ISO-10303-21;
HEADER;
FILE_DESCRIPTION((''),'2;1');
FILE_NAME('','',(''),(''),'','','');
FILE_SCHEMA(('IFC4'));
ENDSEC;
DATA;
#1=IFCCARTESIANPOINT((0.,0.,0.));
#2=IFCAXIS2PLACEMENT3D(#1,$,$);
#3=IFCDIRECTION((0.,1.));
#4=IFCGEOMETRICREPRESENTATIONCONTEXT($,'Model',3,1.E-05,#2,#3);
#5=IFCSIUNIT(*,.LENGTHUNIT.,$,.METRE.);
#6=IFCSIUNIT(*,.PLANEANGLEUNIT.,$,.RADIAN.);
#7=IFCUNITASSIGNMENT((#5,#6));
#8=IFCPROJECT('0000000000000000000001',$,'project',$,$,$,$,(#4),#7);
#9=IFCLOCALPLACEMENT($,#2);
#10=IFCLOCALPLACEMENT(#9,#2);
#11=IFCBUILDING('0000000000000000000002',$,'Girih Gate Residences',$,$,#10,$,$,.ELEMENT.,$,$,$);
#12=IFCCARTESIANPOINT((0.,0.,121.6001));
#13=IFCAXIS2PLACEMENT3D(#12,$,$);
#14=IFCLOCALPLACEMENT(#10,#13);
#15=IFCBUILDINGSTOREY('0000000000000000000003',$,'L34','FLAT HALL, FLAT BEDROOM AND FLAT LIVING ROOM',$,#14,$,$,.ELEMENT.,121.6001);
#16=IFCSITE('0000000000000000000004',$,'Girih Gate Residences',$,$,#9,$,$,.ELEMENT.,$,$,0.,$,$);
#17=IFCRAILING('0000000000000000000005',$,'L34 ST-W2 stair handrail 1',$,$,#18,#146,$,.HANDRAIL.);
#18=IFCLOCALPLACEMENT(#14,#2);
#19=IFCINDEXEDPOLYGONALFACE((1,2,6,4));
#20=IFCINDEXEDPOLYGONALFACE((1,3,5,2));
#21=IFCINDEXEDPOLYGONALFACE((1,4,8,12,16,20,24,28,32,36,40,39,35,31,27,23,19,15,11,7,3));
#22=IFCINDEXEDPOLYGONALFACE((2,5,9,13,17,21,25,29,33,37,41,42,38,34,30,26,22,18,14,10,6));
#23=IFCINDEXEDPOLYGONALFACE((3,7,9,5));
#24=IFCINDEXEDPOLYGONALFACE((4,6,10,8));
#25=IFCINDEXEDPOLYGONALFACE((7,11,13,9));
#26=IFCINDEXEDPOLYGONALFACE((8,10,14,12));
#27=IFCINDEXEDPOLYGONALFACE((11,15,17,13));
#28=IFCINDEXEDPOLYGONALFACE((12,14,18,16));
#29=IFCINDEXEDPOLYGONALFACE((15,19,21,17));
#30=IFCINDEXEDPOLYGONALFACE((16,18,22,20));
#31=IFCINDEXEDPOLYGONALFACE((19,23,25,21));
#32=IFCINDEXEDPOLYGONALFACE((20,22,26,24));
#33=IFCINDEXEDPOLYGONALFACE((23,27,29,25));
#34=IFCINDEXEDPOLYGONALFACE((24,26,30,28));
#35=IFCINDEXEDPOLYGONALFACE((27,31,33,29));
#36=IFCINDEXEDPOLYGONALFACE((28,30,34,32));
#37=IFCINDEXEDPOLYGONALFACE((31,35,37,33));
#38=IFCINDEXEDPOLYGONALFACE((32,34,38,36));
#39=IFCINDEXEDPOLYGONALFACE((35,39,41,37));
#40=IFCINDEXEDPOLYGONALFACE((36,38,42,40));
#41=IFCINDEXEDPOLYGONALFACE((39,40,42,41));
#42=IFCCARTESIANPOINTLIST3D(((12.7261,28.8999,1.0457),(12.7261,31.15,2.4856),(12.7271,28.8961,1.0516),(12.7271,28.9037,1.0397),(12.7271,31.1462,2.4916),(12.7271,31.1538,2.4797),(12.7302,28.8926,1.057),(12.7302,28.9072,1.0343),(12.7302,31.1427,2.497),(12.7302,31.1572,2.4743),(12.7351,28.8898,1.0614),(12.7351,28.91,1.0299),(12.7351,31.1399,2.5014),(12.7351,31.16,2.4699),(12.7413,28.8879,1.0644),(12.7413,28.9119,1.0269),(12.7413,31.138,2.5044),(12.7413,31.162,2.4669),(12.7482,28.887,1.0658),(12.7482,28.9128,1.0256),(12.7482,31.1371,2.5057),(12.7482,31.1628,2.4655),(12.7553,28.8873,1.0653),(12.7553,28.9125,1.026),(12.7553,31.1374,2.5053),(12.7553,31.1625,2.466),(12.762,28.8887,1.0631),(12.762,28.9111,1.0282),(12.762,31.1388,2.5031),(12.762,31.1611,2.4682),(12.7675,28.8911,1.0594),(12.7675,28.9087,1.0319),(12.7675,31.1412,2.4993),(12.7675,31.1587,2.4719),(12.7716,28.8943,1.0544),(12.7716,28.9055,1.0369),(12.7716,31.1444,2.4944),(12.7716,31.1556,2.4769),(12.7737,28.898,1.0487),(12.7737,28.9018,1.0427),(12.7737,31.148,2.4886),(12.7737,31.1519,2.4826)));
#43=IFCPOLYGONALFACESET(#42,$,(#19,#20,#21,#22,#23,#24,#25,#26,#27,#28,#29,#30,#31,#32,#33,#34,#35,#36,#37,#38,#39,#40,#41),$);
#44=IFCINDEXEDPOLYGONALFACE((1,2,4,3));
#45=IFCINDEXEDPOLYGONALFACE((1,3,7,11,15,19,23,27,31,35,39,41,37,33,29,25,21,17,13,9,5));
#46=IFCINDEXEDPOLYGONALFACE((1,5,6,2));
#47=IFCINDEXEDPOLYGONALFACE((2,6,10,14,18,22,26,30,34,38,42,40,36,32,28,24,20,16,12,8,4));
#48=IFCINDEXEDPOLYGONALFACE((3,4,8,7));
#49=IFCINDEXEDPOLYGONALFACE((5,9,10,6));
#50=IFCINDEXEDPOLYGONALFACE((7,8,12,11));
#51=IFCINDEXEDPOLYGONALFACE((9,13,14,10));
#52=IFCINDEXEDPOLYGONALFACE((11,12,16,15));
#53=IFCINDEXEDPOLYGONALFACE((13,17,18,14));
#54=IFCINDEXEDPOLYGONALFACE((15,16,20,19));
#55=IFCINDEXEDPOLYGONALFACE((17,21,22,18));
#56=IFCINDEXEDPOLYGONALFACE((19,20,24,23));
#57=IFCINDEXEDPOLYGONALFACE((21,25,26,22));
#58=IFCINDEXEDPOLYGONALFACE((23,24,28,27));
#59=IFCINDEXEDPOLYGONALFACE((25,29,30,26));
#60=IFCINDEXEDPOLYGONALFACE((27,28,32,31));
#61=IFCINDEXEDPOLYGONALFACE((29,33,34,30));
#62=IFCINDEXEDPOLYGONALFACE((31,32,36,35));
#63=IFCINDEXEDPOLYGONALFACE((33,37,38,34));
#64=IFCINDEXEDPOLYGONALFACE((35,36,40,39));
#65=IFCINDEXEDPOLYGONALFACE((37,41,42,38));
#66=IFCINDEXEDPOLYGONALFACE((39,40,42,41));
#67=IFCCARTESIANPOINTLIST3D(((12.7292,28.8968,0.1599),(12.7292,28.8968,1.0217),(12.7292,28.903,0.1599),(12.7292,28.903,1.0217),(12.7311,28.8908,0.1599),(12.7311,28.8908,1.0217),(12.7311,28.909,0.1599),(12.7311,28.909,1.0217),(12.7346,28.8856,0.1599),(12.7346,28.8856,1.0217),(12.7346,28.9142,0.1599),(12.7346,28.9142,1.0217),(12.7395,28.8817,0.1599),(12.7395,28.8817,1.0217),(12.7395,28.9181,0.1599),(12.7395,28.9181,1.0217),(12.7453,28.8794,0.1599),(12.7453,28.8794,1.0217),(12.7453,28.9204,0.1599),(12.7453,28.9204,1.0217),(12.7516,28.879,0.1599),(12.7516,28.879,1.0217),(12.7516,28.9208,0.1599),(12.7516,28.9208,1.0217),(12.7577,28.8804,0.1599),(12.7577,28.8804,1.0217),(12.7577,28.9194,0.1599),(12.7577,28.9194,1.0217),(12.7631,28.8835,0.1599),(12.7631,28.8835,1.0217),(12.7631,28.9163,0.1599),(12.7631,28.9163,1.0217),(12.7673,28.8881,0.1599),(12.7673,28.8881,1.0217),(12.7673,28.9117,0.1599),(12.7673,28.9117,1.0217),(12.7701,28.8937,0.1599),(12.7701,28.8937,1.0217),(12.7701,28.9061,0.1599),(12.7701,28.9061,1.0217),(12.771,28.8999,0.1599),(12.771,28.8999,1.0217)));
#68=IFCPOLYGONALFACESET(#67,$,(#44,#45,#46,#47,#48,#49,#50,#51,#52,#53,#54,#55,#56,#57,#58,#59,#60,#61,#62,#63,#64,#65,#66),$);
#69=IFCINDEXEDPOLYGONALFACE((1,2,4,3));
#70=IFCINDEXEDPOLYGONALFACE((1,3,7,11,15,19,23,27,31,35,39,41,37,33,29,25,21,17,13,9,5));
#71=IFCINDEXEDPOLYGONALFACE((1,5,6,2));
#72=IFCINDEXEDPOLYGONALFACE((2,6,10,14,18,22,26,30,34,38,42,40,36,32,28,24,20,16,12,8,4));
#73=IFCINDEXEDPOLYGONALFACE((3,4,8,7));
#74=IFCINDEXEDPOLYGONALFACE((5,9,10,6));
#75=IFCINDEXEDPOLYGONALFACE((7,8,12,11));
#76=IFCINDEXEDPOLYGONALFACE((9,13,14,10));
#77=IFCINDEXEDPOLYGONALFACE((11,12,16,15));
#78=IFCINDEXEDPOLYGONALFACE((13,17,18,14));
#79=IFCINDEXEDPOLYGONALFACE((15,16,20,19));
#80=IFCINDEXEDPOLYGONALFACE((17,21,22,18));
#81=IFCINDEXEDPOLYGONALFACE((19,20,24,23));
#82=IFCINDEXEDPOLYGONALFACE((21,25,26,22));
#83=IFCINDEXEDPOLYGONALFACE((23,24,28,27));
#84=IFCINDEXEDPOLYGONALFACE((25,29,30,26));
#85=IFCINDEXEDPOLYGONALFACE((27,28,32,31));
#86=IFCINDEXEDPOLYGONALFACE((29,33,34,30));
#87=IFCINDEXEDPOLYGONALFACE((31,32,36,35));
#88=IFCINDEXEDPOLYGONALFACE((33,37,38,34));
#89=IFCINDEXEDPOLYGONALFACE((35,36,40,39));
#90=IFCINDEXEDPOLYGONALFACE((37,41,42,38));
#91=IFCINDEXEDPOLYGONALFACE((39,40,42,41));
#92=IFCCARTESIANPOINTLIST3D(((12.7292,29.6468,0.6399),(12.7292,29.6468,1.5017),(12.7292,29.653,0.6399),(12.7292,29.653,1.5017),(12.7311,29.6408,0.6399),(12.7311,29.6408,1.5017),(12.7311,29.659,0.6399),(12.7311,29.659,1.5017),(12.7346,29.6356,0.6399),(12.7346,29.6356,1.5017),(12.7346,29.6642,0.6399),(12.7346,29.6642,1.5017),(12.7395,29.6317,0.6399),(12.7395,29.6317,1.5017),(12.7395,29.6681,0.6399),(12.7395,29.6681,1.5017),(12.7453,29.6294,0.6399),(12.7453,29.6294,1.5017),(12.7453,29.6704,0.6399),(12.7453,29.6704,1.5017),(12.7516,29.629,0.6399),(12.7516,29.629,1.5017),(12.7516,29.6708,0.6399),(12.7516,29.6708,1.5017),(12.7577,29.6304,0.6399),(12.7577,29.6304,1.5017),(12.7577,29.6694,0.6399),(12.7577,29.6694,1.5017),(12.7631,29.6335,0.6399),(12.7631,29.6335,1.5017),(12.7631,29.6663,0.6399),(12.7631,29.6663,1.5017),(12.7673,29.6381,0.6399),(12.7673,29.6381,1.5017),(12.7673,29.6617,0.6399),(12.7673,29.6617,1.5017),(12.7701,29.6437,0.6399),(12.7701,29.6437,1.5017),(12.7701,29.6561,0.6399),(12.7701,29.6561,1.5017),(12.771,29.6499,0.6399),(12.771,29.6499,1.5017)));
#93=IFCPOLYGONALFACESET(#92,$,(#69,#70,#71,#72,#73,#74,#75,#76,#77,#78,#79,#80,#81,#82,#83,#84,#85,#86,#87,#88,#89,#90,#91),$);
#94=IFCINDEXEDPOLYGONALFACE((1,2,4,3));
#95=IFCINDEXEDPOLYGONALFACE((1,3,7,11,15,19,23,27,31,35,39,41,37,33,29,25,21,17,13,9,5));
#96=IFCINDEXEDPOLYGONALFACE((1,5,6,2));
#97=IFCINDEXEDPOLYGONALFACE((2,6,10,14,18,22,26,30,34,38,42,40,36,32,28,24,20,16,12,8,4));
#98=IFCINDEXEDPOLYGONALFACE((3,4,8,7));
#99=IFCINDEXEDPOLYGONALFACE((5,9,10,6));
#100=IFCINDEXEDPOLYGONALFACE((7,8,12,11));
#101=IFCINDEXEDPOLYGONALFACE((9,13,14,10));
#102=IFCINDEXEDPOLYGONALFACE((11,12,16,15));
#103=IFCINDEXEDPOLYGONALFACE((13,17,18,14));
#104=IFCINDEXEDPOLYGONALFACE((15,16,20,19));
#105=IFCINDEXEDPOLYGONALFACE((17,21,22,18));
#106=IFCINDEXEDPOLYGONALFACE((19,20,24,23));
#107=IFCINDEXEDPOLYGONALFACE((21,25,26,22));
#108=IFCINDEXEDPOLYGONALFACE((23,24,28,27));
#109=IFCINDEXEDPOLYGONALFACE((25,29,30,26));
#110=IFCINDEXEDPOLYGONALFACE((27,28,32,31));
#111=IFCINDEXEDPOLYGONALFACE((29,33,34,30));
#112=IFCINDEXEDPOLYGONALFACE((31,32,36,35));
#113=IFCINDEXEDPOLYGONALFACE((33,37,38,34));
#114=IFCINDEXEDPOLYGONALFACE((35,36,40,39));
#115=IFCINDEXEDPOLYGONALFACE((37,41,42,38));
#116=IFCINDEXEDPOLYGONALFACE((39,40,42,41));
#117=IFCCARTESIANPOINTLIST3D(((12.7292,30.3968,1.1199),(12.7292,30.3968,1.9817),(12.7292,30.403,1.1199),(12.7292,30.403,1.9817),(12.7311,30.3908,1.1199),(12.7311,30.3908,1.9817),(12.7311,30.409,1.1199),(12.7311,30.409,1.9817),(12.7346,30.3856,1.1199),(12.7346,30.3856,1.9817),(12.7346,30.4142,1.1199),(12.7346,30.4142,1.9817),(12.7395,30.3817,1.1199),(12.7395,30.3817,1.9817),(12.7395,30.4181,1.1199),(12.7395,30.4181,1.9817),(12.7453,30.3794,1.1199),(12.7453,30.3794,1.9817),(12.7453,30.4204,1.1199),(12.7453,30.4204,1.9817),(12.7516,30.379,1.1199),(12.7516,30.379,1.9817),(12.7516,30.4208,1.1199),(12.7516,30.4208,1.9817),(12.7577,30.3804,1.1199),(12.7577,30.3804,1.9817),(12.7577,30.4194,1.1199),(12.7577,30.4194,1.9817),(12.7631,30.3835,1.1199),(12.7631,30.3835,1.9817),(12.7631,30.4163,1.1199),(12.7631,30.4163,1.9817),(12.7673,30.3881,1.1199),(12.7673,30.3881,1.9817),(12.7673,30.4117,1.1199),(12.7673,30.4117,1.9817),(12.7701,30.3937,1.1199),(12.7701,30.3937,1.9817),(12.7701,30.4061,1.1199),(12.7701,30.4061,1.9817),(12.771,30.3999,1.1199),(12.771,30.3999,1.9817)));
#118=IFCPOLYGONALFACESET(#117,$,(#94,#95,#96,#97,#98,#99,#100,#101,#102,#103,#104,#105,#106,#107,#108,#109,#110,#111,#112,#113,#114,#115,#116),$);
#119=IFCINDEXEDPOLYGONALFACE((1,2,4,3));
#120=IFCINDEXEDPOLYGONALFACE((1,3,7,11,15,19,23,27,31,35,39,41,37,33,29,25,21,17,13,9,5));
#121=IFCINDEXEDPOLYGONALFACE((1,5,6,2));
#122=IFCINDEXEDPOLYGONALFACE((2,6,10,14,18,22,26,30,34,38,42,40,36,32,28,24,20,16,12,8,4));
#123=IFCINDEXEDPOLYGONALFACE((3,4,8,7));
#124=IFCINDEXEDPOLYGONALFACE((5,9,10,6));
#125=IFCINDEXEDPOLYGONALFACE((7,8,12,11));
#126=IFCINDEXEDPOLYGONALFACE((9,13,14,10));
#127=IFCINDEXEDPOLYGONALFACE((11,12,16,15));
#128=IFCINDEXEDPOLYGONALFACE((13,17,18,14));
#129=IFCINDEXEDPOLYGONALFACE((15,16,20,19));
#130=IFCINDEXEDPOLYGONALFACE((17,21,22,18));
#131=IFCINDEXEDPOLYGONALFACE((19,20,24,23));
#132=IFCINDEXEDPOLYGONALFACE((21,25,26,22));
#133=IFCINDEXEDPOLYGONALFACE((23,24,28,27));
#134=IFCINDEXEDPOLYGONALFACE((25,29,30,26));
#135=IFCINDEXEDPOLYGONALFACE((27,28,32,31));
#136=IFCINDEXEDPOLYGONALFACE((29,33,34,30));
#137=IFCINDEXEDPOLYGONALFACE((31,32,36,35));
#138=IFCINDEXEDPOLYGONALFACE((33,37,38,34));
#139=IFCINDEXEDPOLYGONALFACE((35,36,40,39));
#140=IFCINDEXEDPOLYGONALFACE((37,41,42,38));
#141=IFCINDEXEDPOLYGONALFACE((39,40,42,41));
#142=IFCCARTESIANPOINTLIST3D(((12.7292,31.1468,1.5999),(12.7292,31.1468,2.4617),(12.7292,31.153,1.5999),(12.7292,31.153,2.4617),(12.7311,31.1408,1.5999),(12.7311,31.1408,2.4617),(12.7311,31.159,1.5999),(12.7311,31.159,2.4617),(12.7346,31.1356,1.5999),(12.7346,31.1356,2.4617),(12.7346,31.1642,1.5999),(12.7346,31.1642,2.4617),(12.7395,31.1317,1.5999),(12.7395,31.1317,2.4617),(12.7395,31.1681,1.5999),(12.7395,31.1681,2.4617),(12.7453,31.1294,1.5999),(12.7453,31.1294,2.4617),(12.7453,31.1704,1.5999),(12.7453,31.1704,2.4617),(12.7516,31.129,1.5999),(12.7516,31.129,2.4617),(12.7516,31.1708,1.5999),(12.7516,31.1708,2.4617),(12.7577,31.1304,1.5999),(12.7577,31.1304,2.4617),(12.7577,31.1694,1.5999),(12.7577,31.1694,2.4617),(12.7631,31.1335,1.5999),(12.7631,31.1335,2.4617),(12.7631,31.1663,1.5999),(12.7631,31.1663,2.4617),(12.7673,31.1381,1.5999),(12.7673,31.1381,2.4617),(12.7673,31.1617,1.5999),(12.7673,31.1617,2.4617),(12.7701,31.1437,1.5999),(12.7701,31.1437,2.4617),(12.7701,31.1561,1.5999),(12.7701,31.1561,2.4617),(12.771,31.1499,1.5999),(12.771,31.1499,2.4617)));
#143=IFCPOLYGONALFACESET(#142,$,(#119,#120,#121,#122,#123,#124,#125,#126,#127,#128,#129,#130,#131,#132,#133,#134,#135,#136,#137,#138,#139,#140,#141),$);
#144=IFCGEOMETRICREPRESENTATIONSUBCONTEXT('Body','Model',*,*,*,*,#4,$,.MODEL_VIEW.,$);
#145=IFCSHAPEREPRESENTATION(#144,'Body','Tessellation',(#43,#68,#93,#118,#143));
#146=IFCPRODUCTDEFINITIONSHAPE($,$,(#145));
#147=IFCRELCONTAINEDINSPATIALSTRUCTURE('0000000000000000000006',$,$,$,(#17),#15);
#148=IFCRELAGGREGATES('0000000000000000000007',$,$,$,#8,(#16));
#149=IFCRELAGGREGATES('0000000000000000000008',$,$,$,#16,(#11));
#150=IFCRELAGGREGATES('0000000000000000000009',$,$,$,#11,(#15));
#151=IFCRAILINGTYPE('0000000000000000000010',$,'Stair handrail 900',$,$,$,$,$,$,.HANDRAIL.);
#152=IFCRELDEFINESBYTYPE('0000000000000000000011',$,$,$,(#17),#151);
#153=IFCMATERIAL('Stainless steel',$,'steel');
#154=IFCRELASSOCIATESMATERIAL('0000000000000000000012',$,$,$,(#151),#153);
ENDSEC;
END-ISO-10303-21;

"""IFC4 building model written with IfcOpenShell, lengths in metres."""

from ifc_helpers import new_model, si_unit, direction, frame, origin, origin_2d, place, context, subcontext, project, spatial, circle, extrude, material, type_object, element, save


model = new_model("IFC4")

# Units and contexts
model_context = context("Model", 3, precision=1e-05, world=origin(), true_north=direction((0.0, 1.0)))
body_context = subcontext(model_context, "Body", "Model", "MODEL_VIEW")
ifc_project = project(units=[si_unit("LENGTHUNIT", "METRE"), si_unit("PLANEANGLEUNIT", "RADIAN")], contexts=[model_context])

# Site, building, storey
site_placement = place(None, origin())
site = spatial("IfcSite", under=ifc_project, at=site_placement, Name="Girih Gate Residences", CompositionType="ELEMENT", RefElevation=0.0)
building_placement = place(site_placement, origin())
building = spatial("IfcBuilding", under=site, at=building_placement, Name="Girih Gate Residences", CompositionType="ELEMENT")
storey_placement = place(building_placement, frame((0.0, 0.0, 121.6001)))
storey = spatial("IfcBuildingStorey", under=building, at=storey_placement, Name="L34", Description="FLAT HALL, FLAT BEDROOM AND FLAT LIVING ROOM", CompositionType="ELEMENT", Elevation=121.6001)

# Railing
ifc_material_1 = material(Name="Stainless steel", Category="steel")
railing_type_1 = type_object("IfcRailingType", Name="Stair handrail 900", PredefinedType="HANDRAIL", material=ifc_material_1)
railing_1_placement = place(storey_placement, frame((12.75, 28.8999, 0.1599)))
element("IfcRailing", 1, at=railing_1_placement, inside=storey, type_object=railing_type_1, Name="L34 ST-W2 stair handrail 1", PredefinedType="HANDRAIL", context=body_context, shape_type="SweptSolid", body=[
    extrude(circle(Radius=0.0239, at=origin_2d()), frame((0.0, 0.0, 0.8857), z_axis=(0.0, 0.842281, 0.539038), x_axis=(-1.0, 0.0, 0.0)), (0.0, 0.0, 1.0), 2.6714),
    extrude(circle(Radius=0.021, at=origin_2d()), origin(), (0.0, 0.0, 1.0), 0.8618),
    extrude(circle(Radius=0.021, at=origin_2d()), frame((0.0, 0.75, 0.48)), (0.0, 0.0, 1.0), 0.8618),
    extrude(circle(Radius=0.021, at=origin_2d()), frame((0.0, 1.5, 0.96)), (0.0, 0.0, 1.0), 0.8618),
    extrude(circle(Radius=0.021, at=origin_2d()), frame((0.0, 2.25, 1.4399)), (0.0, 0.0, 1.0), 0.8618),
])

save(model, "model.ifc")
